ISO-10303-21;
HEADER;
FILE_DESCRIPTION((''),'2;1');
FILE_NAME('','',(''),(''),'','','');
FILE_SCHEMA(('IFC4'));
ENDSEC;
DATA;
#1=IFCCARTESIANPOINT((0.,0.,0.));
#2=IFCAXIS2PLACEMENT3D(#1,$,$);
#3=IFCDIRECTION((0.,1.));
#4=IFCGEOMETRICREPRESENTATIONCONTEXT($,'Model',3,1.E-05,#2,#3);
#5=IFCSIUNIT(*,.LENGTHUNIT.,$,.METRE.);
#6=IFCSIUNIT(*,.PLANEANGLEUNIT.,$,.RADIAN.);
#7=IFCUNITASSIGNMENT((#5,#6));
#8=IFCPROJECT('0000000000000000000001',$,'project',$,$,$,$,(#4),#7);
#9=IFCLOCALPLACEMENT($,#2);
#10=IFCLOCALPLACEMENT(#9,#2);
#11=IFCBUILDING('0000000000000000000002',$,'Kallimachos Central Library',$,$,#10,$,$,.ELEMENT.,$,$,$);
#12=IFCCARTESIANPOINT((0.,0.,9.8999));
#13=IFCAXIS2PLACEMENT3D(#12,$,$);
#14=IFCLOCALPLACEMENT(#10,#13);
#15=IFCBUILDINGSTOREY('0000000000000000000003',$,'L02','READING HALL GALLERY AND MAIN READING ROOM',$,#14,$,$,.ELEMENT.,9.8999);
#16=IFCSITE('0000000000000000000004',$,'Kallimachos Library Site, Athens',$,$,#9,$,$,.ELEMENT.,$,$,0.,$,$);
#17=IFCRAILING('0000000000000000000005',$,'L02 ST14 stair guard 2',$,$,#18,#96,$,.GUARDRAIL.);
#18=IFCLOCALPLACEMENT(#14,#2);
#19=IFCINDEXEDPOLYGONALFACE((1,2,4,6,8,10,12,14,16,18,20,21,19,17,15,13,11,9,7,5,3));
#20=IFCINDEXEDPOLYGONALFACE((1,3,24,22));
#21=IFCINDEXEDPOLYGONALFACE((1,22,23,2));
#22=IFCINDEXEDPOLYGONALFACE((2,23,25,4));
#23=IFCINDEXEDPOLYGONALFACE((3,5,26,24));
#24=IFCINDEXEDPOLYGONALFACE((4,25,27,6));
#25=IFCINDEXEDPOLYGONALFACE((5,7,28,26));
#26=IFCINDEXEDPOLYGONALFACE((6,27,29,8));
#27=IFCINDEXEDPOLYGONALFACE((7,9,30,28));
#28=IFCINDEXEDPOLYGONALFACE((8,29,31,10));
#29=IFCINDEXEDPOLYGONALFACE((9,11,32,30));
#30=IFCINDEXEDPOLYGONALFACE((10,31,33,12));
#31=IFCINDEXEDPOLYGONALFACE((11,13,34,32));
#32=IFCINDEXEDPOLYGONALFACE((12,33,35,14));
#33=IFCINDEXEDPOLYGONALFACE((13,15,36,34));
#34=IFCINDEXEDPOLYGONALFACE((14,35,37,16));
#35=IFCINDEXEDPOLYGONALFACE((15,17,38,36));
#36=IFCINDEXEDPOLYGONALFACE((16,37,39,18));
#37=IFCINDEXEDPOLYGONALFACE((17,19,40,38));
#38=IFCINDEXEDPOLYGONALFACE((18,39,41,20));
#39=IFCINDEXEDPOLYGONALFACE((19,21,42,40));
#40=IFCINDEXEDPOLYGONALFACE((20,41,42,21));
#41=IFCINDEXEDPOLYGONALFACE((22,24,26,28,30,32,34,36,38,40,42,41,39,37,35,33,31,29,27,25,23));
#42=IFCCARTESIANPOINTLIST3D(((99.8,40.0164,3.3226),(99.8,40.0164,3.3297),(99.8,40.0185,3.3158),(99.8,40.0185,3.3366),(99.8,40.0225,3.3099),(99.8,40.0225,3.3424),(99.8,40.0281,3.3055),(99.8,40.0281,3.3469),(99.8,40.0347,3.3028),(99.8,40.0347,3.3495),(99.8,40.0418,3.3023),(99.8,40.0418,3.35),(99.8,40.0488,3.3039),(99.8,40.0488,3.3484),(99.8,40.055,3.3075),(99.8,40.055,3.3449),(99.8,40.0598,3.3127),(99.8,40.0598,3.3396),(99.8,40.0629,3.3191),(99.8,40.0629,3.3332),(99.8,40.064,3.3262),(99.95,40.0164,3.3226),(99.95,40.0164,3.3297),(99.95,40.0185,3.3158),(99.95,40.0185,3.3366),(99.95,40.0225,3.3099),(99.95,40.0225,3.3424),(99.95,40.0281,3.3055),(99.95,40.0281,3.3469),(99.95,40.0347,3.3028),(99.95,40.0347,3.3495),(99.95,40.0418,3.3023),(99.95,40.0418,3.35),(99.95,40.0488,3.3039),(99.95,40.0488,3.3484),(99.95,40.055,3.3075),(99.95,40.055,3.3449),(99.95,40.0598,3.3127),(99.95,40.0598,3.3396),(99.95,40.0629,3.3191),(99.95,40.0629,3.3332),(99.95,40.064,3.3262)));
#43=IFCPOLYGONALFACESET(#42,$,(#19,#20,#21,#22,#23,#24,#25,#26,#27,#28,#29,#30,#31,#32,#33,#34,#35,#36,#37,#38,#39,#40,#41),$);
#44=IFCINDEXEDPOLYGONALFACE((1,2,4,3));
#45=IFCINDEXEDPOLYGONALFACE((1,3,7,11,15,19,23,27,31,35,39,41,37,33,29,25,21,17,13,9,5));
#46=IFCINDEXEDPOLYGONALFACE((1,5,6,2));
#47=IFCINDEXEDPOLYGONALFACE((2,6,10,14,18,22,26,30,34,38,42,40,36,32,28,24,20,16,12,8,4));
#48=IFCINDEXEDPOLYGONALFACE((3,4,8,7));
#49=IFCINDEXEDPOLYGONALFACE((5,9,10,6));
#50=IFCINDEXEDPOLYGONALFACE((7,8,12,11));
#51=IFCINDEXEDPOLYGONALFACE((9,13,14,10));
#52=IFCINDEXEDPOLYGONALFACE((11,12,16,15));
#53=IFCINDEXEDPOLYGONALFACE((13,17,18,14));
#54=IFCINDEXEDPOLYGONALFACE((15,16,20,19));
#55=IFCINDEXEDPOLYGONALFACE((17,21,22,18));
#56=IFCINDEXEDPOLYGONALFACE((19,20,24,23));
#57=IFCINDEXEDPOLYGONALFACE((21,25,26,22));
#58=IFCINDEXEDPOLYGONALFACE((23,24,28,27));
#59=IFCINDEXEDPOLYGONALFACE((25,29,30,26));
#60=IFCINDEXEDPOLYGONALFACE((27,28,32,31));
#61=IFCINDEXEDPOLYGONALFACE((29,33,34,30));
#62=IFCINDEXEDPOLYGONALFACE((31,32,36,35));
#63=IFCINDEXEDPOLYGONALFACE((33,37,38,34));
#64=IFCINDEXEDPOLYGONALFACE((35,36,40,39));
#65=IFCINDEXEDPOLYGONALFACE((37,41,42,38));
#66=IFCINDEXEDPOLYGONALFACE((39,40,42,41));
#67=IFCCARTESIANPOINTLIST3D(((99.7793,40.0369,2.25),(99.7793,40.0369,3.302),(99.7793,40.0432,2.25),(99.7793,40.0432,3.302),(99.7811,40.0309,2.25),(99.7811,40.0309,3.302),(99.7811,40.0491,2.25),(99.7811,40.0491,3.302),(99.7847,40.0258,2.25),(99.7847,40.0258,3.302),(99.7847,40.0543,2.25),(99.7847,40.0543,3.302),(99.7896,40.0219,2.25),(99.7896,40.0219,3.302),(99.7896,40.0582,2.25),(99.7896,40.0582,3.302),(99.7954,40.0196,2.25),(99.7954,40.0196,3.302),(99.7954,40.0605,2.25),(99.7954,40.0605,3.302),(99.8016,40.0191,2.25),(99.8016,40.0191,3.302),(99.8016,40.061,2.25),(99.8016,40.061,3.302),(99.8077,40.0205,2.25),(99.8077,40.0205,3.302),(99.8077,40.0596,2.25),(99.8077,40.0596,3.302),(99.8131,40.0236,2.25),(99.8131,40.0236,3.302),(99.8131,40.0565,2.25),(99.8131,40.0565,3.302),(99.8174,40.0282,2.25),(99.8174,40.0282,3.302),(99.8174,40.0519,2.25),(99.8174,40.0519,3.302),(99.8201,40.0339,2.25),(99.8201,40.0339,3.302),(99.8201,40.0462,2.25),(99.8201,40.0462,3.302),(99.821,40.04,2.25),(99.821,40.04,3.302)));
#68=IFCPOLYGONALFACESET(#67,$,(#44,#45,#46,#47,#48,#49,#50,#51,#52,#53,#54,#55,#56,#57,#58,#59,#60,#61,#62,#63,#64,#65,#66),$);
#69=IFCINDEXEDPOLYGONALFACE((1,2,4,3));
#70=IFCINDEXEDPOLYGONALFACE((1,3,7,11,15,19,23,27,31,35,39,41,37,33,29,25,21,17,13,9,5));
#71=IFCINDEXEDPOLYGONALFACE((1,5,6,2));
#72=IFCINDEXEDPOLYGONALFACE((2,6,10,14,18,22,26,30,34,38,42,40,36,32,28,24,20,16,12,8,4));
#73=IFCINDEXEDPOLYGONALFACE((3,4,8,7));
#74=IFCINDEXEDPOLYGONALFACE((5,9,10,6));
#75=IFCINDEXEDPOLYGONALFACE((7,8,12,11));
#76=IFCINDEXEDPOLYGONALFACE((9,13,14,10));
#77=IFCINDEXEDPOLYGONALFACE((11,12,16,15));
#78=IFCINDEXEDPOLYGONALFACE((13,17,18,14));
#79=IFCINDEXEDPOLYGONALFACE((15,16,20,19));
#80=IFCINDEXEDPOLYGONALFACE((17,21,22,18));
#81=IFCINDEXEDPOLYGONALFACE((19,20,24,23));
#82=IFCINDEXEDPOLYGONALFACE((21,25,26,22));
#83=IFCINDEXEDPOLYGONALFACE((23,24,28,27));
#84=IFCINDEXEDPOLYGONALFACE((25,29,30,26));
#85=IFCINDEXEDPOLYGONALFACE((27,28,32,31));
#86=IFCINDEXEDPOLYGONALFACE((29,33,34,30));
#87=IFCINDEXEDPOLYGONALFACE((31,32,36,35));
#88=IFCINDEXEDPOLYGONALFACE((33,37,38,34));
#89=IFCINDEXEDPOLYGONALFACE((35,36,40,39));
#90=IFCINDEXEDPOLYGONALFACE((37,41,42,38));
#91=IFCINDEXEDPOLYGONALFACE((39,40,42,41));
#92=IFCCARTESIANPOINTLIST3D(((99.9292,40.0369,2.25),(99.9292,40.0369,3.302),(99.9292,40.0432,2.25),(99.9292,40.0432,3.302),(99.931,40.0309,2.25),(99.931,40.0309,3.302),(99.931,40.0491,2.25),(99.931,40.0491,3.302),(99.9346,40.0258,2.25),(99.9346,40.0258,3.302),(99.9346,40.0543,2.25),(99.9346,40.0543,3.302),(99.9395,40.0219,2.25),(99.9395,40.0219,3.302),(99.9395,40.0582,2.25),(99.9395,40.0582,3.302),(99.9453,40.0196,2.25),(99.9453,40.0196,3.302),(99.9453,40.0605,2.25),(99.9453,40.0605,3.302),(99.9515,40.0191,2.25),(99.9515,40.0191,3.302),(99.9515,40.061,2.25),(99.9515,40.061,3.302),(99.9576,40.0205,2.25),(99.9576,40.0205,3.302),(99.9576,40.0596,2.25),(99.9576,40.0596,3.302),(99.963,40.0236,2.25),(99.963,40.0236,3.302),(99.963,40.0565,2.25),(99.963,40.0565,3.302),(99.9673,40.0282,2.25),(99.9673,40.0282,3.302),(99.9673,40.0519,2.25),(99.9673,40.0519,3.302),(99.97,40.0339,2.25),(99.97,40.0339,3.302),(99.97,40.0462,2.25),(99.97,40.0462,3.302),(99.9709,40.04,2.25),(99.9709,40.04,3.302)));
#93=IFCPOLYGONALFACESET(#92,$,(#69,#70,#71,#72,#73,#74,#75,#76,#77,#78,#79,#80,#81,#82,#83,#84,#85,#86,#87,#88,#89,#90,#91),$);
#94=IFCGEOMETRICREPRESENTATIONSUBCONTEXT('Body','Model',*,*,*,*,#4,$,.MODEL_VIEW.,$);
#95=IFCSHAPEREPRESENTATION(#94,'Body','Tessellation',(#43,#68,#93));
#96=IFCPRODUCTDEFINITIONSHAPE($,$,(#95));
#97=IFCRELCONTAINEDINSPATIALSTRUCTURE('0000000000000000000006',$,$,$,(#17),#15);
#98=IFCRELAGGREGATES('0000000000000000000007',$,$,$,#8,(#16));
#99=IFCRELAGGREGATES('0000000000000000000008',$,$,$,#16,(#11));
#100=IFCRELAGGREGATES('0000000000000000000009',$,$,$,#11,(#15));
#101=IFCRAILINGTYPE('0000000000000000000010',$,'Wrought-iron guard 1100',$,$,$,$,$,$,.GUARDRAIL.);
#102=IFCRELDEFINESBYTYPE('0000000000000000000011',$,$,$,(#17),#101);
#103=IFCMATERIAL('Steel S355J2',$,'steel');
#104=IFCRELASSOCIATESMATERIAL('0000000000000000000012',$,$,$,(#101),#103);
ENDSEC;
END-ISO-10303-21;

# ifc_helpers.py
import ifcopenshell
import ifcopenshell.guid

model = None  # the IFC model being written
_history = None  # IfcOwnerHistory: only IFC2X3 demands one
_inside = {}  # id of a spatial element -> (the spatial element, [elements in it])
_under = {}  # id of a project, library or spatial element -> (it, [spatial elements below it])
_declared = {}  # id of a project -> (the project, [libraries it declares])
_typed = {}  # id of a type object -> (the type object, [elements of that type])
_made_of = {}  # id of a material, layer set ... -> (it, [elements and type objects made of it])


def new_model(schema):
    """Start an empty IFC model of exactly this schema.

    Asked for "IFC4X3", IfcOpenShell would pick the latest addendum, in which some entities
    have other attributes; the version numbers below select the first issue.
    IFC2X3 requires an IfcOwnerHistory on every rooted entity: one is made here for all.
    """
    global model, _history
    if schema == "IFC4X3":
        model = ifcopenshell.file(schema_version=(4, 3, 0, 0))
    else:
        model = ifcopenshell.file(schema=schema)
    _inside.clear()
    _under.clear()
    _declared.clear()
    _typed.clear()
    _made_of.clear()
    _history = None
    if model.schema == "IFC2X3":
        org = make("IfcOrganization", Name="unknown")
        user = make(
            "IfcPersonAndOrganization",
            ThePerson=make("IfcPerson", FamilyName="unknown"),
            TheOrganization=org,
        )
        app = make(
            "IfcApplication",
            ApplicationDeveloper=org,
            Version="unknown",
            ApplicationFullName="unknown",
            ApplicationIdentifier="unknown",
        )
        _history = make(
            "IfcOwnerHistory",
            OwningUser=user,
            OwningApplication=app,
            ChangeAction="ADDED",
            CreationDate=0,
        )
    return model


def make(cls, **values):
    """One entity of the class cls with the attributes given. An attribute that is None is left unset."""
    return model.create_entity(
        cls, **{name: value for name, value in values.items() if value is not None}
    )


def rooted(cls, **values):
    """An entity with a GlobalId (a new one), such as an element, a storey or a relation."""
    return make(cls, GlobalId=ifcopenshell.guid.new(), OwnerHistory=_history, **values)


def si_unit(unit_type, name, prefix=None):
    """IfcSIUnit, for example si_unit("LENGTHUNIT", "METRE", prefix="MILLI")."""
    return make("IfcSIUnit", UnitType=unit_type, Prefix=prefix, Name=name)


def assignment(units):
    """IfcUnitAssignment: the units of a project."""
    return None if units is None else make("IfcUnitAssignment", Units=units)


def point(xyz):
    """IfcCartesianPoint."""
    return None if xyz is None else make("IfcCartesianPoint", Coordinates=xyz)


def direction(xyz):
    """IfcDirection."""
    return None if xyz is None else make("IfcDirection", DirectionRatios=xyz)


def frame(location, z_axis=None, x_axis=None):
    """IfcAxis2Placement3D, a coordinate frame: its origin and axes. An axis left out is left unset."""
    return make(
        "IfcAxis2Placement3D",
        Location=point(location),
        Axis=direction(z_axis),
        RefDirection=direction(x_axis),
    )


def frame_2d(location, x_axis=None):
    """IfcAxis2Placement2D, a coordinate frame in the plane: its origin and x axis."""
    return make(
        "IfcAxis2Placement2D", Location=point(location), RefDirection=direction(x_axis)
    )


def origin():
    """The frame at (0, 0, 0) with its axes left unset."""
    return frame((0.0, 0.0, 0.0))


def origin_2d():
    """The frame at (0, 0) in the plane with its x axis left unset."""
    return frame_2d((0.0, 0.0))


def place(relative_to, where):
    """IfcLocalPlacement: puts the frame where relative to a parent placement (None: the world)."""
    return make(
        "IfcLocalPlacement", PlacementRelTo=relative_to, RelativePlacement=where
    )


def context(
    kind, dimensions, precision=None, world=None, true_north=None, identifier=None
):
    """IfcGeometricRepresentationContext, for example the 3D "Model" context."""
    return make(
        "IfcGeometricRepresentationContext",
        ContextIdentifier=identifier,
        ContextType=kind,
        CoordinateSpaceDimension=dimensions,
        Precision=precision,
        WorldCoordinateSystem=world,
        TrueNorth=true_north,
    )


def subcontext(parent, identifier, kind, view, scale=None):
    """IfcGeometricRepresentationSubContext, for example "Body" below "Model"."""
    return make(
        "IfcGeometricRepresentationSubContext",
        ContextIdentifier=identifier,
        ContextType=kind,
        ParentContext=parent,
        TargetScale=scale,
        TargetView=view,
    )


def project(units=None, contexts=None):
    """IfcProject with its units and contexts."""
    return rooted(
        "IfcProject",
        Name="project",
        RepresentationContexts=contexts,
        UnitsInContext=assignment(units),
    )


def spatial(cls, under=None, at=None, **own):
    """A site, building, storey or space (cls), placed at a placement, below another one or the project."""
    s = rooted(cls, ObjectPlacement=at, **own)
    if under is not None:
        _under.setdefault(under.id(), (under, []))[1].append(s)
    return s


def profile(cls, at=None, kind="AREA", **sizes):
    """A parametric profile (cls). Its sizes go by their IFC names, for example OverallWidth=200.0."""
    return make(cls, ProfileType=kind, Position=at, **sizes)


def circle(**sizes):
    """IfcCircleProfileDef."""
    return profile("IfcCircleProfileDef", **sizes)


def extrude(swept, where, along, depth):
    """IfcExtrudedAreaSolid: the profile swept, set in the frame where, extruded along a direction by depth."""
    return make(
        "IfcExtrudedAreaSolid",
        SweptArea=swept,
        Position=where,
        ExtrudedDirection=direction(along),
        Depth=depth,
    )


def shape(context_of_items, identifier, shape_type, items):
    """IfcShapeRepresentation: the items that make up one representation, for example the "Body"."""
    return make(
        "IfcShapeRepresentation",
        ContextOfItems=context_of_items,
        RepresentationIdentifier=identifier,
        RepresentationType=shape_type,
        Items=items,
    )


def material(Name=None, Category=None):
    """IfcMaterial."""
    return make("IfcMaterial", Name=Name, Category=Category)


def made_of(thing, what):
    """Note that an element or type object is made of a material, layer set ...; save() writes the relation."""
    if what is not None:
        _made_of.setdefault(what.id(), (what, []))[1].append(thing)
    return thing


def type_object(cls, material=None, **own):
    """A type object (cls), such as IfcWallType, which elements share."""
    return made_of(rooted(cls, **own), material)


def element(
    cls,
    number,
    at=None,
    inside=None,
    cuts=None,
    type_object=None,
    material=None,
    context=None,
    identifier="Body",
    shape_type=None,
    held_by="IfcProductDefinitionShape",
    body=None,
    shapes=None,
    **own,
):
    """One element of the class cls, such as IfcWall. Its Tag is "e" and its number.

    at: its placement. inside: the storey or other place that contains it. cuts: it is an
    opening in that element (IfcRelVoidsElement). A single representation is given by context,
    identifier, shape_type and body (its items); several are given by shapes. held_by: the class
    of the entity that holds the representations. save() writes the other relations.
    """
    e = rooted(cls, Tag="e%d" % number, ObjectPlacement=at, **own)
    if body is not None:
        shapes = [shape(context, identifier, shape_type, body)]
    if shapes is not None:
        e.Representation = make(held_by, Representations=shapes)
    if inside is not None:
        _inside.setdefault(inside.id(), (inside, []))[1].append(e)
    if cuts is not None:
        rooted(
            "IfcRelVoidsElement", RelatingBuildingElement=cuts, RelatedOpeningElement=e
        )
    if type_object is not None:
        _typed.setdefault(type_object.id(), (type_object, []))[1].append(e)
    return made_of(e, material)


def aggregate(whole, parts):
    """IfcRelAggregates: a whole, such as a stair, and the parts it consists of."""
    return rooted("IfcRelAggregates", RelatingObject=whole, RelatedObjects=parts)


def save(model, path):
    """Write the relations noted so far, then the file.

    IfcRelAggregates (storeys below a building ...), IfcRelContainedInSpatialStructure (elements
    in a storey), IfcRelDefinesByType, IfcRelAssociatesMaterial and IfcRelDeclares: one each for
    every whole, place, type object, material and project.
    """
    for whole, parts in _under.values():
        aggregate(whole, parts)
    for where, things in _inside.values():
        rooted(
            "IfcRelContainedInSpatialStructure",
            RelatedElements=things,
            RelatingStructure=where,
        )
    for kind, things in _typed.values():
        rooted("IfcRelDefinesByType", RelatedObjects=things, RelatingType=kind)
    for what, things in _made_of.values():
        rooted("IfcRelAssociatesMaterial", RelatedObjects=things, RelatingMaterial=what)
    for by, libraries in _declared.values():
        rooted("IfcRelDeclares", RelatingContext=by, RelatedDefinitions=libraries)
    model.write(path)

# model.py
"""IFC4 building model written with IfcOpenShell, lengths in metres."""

from ifc_helpers import new_model, si_unit, direction, frame, origin, origin_2d, place, context, subcontext, project, spatial, circle, extrude, material, type_object, element, save


model = new_model("IFC4")

# Units and contexts
model_context = context("Model", 3, precision=1e-05, world=origin(), true_north=direction((0.0, 1.0)))
body_context = subcontext(model_context, "Body", "Model", "MODEL_VIEW")
ifc_project = project(units=[si_unit("LENGTHUNIT", "METRE"), si_unit("PLANEANGLEUNIT", "RADIAN")], contexts=[model_context])

# Site, building, storey
site_placement = place(None, origin())
site = spatial("IfcSite", under=ifc_project, at=site_placement, Name="Kallimachos Library Site, Athens", CompositionType="ELEMENT", RefElevation=0.0)
building_placement = place(site_placement, origin())
building = spatial("IfcBuilding", under=site, at=building_placement, Name="Kallimachos Central Library", CompositionType="ELEMENT")
storey_placement = place(building_placement, frame((0.0, 0.0, 9.8999)))
storey = spatial("IfcBuildingStorey", under=building, at=storey_placement, Name="L02", Description="READING HALL GALLERY AND MAIN READING ROOM", CompositionType="ELEMENT", Elevation=9.8999)

# Railing
ifc_material_1 = material(Name="Steel S355J2", Category="steel")
railing_type_1 = type_object("IfcRailingType", Name="Wrought-iron guard 1100", PredefinedType="GUARDRAIL", material=ifc_material_1)
railing_1_placement = place(storey_placement, frame((99.8, 40.04, 2.25)))
element("IfcRailing", 1, at=railing_1_placement, inside=storey, type_object=railing_type_1, Name="L02 ST14 stair guard 2", PredefinedType="GUARDRAIL", context=body_context, shape_type="SweptSolid", body=[
    extrude(circle(Radius=0.0239, at=origin_2d()), frame((0.0, 0.0, 1.0762), z_axis=(1.0, 0.0, 0.0), x_axis=(0.0, 1.0, 0.0)), (0.0, 0.0, 1.0), 0.1499),
    extrude(circle(Radius=0.021, at=origin_2d()), origin(), (0.0, 0.0, 1.0), 1.052),
    extrude(circle(Radius=0.021, at=origin_2d()), frame((0.1499, 0.0, 0.0)), (0.0, 0.0, 1.0), 1.052),
])

save(model, "model.ifc")
